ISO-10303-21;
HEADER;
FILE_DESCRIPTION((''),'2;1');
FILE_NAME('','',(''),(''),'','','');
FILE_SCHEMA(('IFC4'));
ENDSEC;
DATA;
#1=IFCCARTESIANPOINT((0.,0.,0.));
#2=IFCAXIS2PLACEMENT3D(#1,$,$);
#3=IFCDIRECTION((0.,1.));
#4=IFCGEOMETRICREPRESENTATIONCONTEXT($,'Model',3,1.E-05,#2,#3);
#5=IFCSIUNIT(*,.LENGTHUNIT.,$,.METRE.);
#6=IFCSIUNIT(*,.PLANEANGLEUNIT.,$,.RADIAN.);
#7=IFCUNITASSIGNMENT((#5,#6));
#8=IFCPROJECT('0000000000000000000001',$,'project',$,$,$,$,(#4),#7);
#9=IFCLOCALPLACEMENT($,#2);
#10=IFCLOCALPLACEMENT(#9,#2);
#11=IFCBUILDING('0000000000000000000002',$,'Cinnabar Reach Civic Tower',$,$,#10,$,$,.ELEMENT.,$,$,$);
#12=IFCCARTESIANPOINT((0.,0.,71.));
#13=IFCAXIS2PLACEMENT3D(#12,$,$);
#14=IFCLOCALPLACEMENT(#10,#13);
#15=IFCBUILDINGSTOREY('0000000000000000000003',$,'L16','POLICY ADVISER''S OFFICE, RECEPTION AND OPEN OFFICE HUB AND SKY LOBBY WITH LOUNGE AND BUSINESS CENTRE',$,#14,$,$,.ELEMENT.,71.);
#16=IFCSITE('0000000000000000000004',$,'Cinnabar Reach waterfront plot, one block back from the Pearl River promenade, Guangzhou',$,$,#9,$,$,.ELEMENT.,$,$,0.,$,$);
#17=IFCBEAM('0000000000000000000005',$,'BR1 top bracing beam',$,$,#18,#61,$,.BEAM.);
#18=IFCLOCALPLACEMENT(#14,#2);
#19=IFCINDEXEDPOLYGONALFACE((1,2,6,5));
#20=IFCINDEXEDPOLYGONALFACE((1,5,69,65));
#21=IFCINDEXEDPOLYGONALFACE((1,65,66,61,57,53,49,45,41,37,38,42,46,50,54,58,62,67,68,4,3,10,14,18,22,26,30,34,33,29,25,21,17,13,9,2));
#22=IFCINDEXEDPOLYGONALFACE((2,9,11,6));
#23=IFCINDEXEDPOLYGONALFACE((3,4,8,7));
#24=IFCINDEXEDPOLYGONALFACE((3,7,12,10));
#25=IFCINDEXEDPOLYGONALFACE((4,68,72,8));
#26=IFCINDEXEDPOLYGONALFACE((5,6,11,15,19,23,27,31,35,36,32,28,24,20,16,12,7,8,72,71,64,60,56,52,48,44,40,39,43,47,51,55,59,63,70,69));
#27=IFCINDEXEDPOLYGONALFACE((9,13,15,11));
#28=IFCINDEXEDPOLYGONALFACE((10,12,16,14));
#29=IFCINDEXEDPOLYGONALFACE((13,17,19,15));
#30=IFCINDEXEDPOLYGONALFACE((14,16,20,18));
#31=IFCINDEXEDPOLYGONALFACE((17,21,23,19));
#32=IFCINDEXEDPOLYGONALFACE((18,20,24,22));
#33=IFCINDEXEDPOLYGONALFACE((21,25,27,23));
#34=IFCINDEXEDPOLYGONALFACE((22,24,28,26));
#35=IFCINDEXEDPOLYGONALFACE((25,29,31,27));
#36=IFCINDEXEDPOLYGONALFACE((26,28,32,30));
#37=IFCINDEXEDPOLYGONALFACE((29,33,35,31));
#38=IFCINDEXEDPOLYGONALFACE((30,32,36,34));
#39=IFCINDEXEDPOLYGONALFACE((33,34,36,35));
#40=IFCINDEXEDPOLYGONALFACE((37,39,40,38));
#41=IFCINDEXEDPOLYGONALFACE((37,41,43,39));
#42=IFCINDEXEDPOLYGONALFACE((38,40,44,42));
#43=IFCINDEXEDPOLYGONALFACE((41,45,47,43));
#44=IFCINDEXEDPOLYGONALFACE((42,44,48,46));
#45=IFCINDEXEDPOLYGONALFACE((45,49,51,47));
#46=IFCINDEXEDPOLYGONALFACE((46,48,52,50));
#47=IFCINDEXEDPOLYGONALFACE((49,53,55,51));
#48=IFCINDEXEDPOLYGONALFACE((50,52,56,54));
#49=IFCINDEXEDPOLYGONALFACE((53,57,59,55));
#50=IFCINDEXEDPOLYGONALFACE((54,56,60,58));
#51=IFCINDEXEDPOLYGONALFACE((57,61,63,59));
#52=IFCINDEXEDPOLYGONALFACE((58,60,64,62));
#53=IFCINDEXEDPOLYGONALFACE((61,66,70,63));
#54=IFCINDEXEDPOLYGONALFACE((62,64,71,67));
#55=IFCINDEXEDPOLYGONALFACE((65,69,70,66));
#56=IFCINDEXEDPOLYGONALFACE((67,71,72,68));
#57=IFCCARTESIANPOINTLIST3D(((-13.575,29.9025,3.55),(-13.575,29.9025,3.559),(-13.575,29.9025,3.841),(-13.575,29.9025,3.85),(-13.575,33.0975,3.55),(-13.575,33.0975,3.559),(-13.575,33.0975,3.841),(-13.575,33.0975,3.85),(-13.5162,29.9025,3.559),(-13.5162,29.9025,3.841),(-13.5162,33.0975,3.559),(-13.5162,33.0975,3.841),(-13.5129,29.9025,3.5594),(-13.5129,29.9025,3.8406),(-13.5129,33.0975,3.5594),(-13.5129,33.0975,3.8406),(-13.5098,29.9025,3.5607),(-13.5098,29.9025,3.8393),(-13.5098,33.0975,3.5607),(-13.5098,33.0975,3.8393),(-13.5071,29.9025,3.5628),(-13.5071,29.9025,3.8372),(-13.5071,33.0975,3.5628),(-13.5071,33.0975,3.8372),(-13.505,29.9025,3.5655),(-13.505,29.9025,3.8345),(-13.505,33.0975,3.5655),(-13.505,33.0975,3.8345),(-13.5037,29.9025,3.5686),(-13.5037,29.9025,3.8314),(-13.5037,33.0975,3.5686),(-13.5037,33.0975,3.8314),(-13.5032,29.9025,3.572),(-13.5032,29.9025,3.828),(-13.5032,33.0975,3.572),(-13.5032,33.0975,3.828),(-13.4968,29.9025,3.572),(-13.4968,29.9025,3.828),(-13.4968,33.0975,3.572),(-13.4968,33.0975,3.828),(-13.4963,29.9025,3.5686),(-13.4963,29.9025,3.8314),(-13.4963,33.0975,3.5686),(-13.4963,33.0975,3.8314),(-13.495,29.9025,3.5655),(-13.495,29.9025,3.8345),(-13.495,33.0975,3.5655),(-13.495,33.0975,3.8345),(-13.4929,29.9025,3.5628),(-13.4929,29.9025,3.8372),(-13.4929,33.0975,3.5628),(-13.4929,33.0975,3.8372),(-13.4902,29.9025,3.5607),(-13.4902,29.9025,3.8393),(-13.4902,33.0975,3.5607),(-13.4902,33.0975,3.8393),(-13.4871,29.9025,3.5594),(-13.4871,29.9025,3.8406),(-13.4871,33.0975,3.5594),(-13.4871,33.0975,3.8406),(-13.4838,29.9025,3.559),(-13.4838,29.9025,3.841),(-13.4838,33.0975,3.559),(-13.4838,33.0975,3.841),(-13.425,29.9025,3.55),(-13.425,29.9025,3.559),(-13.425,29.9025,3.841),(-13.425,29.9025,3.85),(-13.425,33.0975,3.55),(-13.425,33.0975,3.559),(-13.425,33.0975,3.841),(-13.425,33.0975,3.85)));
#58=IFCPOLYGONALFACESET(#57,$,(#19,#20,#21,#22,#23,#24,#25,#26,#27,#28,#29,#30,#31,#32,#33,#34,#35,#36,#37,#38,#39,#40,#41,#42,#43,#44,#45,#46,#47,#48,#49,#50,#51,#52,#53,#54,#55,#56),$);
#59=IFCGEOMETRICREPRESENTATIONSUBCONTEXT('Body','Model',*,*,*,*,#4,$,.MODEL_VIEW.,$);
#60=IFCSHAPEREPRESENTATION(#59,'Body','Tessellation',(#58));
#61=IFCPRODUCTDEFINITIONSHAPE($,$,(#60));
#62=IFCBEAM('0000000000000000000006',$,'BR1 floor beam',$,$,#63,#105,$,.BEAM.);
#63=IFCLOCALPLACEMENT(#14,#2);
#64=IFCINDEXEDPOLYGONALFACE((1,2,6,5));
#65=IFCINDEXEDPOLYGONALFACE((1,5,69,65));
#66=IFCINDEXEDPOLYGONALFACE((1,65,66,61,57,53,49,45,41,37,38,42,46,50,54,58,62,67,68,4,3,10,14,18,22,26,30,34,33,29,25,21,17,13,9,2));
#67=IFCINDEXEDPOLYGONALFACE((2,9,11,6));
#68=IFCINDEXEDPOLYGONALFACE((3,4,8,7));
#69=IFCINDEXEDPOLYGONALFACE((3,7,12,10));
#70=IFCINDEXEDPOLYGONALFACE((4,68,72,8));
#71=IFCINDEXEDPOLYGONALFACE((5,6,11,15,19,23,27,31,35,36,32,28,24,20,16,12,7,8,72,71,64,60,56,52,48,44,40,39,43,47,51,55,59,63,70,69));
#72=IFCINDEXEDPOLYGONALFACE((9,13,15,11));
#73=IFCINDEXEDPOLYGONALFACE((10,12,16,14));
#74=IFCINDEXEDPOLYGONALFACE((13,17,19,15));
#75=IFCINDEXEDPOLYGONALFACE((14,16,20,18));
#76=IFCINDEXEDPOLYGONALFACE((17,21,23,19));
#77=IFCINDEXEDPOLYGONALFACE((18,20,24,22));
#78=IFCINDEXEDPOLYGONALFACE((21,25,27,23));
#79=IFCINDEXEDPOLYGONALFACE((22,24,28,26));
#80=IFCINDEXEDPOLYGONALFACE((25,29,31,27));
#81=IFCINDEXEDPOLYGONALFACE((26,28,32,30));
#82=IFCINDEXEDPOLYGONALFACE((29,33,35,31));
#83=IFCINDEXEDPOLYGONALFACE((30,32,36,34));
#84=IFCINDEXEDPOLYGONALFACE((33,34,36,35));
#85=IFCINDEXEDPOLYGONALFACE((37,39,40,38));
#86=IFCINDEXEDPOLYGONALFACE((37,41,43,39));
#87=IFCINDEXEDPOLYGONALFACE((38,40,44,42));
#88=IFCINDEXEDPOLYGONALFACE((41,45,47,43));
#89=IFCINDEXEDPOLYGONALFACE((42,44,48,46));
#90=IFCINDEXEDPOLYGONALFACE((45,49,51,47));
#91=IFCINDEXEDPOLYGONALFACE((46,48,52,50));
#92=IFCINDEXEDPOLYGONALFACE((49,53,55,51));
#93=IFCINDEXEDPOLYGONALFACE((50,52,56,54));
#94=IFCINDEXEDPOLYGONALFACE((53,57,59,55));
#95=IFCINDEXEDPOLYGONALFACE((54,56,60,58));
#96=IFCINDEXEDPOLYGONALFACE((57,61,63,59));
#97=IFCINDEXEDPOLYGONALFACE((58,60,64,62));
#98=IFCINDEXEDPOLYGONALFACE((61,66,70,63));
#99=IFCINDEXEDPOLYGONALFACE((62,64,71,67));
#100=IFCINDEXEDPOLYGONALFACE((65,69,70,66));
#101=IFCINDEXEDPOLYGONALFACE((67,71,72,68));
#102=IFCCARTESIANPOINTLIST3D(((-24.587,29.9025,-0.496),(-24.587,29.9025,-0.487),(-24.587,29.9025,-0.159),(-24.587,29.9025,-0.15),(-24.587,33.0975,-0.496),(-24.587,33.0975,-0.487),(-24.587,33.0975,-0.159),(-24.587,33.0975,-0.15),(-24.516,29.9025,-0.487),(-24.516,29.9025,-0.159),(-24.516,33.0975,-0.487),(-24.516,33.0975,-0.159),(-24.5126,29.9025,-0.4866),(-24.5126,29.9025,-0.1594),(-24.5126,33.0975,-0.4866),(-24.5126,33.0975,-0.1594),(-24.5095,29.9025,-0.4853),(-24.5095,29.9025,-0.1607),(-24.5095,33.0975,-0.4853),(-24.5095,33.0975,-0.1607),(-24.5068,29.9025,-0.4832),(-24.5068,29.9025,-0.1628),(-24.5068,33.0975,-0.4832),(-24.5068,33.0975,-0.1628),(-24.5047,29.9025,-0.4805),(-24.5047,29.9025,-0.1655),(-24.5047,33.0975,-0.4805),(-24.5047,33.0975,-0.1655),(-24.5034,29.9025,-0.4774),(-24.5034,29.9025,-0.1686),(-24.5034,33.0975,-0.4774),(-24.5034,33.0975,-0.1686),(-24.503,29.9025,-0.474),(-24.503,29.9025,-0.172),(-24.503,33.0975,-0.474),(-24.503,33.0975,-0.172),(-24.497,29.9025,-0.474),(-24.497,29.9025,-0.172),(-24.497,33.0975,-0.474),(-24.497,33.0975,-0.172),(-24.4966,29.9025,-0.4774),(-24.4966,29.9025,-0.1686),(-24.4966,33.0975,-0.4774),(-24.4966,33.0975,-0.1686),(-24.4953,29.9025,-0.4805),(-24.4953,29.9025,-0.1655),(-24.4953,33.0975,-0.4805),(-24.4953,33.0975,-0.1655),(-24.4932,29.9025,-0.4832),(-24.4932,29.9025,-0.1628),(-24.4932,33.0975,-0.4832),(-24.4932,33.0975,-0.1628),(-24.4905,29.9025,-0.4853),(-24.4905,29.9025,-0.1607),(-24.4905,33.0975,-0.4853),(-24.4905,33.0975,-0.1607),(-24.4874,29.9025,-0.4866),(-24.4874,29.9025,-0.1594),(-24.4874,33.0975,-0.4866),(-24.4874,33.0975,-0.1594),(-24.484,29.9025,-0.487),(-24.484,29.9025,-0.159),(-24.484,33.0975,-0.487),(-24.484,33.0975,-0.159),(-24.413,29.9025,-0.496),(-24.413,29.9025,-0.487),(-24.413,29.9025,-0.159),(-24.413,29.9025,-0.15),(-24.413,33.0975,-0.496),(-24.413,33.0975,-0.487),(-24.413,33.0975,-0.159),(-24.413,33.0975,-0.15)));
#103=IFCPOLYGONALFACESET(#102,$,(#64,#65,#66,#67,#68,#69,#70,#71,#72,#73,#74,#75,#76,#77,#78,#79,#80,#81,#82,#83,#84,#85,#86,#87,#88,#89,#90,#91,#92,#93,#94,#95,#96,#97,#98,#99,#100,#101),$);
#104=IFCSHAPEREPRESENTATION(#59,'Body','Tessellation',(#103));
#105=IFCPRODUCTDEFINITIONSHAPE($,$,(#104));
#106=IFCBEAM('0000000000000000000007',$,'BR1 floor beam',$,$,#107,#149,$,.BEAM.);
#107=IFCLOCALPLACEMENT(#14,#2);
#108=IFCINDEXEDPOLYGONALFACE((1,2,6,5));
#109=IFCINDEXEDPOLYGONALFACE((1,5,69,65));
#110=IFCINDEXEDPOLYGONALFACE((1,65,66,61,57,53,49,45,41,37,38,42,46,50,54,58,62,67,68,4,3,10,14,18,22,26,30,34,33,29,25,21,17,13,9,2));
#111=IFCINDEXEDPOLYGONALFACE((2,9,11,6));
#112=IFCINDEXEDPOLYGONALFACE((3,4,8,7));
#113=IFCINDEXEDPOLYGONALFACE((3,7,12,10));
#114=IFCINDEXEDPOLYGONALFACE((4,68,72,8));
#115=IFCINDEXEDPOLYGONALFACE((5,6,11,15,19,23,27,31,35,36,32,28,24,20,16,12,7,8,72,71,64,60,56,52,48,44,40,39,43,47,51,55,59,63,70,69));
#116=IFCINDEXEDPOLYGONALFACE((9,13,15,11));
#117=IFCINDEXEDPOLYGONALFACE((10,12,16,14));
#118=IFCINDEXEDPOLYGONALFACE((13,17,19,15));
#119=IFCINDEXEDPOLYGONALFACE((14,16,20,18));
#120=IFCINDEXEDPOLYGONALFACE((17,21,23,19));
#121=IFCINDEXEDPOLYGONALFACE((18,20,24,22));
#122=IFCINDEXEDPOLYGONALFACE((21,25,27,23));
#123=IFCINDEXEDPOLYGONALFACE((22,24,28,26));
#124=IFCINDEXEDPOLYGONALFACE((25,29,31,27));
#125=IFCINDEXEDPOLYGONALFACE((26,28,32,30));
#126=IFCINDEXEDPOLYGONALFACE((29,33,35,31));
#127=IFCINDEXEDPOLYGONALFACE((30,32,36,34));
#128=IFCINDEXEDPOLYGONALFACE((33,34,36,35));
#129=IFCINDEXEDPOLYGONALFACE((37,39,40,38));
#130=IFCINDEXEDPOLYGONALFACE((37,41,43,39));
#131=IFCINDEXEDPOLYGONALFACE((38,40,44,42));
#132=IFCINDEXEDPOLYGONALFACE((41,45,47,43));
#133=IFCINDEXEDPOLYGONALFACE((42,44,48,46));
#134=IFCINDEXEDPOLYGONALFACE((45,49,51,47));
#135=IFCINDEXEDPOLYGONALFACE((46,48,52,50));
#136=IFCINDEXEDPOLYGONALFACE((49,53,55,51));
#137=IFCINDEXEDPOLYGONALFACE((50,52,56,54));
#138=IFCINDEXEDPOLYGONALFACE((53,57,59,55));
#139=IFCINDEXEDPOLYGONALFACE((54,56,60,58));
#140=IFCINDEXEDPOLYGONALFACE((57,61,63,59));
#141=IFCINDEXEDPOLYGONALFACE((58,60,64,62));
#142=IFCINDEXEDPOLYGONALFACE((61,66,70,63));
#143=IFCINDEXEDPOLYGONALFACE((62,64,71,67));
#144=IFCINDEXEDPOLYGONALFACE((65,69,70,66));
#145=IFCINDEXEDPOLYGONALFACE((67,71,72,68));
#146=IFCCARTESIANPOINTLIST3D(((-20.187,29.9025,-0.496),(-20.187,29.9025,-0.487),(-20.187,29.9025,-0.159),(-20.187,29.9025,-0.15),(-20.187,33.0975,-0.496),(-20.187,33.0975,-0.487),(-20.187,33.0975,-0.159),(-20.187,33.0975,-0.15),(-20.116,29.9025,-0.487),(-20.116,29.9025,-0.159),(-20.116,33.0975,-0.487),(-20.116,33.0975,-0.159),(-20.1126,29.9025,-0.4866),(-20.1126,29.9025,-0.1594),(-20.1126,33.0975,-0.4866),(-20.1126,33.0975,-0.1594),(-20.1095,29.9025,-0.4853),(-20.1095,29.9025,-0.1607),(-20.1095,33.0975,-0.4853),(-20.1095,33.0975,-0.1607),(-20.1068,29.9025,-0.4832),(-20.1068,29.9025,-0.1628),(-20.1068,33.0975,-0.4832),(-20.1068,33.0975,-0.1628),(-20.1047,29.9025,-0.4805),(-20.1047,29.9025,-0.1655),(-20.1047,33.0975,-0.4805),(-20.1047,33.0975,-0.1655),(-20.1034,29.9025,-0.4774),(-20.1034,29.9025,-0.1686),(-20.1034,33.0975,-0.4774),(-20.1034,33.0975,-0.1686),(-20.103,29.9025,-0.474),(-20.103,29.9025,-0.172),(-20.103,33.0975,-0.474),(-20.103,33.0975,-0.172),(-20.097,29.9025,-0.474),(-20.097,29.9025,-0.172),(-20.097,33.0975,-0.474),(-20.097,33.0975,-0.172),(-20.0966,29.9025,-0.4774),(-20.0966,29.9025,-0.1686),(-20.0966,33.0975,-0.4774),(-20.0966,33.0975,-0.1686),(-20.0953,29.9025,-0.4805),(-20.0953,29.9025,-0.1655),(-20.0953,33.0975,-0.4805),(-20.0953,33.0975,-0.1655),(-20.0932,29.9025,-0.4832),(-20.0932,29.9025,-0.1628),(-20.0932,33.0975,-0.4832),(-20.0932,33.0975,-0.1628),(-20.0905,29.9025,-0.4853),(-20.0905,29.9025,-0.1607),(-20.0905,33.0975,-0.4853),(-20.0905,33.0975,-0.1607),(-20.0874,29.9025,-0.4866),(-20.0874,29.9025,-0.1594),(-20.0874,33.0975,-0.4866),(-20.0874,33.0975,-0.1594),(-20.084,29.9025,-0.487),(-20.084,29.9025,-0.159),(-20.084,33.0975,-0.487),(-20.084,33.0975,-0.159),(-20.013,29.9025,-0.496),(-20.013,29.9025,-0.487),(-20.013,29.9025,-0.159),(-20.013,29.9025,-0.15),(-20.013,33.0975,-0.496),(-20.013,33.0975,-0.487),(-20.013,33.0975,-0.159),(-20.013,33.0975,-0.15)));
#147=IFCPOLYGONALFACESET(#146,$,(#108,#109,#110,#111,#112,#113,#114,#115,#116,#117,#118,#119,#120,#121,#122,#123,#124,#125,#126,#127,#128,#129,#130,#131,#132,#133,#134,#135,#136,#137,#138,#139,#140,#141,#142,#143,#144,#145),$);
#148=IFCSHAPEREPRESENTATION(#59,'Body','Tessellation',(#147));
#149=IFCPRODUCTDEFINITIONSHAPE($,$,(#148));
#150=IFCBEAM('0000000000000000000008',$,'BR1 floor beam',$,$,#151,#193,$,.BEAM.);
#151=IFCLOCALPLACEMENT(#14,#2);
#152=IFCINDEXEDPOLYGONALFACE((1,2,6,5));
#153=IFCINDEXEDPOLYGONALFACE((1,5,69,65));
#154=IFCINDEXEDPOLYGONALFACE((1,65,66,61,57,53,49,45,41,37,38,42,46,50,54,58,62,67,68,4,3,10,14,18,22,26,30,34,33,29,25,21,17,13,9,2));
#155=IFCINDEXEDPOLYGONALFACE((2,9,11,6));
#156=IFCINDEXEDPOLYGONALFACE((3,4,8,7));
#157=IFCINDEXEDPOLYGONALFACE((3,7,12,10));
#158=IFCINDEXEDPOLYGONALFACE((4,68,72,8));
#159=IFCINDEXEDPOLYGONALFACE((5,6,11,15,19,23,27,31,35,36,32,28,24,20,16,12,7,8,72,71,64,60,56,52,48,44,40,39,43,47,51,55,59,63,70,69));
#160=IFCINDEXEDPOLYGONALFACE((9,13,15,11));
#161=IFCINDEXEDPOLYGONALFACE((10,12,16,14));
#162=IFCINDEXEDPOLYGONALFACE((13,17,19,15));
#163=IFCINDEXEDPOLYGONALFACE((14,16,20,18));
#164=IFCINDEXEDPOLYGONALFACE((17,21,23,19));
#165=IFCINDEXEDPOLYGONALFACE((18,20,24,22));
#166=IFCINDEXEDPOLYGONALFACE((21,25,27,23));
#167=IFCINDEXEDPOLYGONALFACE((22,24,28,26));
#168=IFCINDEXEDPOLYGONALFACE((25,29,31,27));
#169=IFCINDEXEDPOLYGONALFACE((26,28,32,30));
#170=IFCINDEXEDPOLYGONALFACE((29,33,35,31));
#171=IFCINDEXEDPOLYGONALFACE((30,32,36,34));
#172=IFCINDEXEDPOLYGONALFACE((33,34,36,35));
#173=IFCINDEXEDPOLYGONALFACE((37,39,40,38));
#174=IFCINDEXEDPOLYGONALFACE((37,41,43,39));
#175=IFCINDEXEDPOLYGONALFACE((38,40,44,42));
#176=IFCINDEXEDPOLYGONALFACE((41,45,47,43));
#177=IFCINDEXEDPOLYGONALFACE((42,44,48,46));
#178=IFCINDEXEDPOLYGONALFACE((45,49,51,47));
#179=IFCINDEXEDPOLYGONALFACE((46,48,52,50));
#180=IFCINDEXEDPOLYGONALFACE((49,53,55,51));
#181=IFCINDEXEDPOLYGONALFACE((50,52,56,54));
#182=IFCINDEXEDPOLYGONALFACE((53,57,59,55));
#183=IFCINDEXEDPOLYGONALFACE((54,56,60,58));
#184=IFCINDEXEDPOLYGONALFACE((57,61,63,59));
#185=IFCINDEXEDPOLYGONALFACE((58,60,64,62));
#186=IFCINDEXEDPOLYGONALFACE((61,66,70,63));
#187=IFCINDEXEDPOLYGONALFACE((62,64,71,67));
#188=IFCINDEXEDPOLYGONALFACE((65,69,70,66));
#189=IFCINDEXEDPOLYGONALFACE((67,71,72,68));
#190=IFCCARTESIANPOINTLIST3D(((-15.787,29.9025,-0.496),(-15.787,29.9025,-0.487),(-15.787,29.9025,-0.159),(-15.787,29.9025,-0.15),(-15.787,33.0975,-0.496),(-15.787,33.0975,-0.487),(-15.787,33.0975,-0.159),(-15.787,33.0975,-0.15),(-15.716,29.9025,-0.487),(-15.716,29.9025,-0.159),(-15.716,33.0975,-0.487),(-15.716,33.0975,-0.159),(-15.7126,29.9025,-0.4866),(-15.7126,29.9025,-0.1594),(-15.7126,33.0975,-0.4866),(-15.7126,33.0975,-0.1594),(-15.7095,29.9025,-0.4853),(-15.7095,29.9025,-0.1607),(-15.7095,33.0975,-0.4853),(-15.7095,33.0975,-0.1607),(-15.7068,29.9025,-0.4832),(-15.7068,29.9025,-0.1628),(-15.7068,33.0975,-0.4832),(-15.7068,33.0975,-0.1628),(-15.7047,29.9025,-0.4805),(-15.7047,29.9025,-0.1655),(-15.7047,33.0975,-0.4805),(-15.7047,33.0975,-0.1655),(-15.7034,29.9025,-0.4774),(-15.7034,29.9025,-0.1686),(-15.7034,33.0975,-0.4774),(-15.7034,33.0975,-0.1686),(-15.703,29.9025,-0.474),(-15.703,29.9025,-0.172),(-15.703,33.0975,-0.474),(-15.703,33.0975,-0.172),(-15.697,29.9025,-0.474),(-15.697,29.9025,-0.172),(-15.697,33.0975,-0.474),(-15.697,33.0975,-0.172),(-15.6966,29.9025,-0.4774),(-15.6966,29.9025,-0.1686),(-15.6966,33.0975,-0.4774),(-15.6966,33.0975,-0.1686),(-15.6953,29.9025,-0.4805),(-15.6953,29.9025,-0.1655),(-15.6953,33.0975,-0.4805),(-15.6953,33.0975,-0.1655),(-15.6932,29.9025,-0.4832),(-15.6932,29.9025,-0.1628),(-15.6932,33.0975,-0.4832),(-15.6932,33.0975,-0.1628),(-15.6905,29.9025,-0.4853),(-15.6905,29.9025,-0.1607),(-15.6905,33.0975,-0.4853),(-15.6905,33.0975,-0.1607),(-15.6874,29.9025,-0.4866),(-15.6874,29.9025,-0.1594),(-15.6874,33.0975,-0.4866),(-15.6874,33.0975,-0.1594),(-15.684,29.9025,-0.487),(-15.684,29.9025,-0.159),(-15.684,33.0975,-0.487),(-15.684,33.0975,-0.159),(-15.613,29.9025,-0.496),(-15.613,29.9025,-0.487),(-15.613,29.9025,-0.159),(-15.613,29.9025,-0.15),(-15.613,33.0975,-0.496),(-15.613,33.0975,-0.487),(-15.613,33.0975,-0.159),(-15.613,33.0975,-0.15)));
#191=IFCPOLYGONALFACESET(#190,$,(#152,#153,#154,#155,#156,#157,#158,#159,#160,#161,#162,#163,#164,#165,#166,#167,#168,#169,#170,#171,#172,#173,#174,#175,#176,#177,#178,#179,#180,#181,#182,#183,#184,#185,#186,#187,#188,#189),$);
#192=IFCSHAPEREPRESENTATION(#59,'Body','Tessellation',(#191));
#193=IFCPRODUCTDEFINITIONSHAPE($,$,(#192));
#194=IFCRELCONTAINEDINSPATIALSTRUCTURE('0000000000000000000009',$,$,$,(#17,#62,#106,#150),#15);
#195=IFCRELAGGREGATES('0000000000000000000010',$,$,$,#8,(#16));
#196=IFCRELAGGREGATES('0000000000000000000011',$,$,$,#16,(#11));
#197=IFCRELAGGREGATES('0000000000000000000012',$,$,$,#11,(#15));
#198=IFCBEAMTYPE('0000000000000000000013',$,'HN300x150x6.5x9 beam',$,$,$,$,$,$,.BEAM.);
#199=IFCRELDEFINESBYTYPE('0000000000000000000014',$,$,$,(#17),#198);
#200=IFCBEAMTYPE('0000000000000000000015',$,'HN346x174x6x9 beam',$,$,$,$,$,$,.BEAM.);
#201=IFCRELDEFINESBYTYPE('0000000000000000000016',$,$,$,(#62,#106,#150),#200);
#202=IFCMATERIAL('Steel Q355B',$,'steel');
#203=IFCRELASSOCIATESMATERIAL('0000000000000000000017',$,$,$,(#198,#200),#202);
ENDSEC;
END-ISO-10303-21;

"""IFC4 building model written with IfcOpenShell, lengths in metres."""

from ifc_helpers import new_model, si_unit, direction, frame, origin, origin_2d, place, context, subcontext, project, spatial, i_section, extrude, material, material_profile, profile_set, type_object, element, save


model = new_model("IFC4")

# Units and contexts
model_context = context("Model", 3, precision=1e-05, world=origin(), true_north=direction((0.0, 1.0)))
body_context = subcontext(model_context, "Body", "Model", "MODEL_VIEW")
ifc_project = project(units=[si_unit("LENGTHUNIT", "METRE"), si_unit("PLANEANGLEUNIT", "RADIAN")], contexts=[model_context])

# Site, building, storey
site_placement = place(None, origin())
site = spatial("IfcSite", under=ifc_project, at=site_placement, Name="Cinnabar Reach waterfront plot, one block back from the Pearl River promenade, Guangzhou", CompositionType="ELEMENT", RefElevation=0.0)
building_placement = place(site_placement, origin())
building = spatial("IfcBuilding", under=site, at=building_placement, Name="Cinnabar Reach Civic Tower", CompositionType="ELEMENT")
storey_placement = place(building_placement, frame((0.0, 0.0, 71.0)))
storey = spatial("IfcBuildingStorey", under=building, at=storey_placement, Name="L16", Description="POLICY ADVISER'S OFFICE, RECEPTION AND OPEN OFFICE HUB AND SKY LOBBY WITH LOUNGE AND BUSINESS CENTRE", CompositionType="ELEMENT", Elevation=71.0)

# Shared definitions
ifc_material_1 = material(Name="Steel Q355B", Category="steel")

# Beams
ifc_material_profile_1 = material_profile(ifc_material_1, i_section(OverallWidth=0.15, OverallDepth=0.3, WebThickness=0.0065, FlangeThickness=0.009, FilletRadius=0.013, at=origin_2d()), Name="HN300x150x6.5x9")
ifc_profile_set_1 = profile_set([ifc_material_profile_1], Name="Steel Q355B")
beam_type_1 = type_object("IfcBeamType", Name="HN300x150x6.5x9 beam", PredefinedType="BEAM", material=ifc_profile_set_1)
for number, where, z_axis, x_axis, name in (
    (1, (-13.5, 29.9025, 3.7), (0.0, 1.0, 0.0), (-1.0, 0.0, 0.0), "BR1 top bracing beam"),
):
    element("IfcBeam", number, at=place(storey_placement, frame(where, z_axis=z_axis, x_axis=x_axis)), inside=storey, type_object=beam_type_1, Name=name, PredefinedType="BEAM", context=body_context, shape_type="SweptSolid", body=[
        extrude(i_section(OverallWidth=0.15, OverallDepth=0.3, WebThickness=0.0065, FlangeThickness=0.009, FilletRadius=0.013, at=origin_2d()), origin(), (0.0, 0.0, 1.0), 3.195),
    ])
ifc_material_profile_2 = material_profile(ifc_material_1, i_section(OverallWidth=0.174, OverallDepth=0.346, WebThickness=0.006, FlangeThickness=0.009, FilletRadius=0.013, at=origin_2d()), Name="HN346x174x6x9")
ifc_profile_set_2 = profile_set([ifc_material_profile_2], Name="Steel Q355B")
beam_type_2 = type_object("IfcBeamType", Name="HN346x174x6x9 beam", PredefinedType="BEAM", material=ifc_profile_set_2)
for number, where, z_axis, x_axis, name in (
    (2, (-24.5, 29.9025, -0.323), (0.0, 1.0, 0.0), (-1.0, 0.0, 0.0), "BR1 floor beam"),
    (3, (-20.1, 29.9025, -0.323), (0.0, 1.0, 0.0), (-1.0, 0.0, 0.0), "BR1 floor beam"),
    (4, (-15.7, 29.9025, -0.323), (0.0, 1.0, 0.0), (-1.0, 0.0, 0.0), "BR1 floor beam"),
):
    element("IfcBeam", number, at=place(storey_placement, frame(where, z_axis=z_axis, x_axis=x_axis)), inside=storey, type_object=beam_type_2, Name=name, PredefinedType="BEAM", context=body_context, shape_type="SweptSolid", body=[
        extrude(i_section(OverallWidth=0.174, OverallDepth=0.346, WebThickness=0.006, FlangeThickness=0.009, FilletRadius=0.013, at=origin_2d()), origin(), (0.0, 0.0, 1.0), 3.195),
    ])

save(model, "model.ifc")
